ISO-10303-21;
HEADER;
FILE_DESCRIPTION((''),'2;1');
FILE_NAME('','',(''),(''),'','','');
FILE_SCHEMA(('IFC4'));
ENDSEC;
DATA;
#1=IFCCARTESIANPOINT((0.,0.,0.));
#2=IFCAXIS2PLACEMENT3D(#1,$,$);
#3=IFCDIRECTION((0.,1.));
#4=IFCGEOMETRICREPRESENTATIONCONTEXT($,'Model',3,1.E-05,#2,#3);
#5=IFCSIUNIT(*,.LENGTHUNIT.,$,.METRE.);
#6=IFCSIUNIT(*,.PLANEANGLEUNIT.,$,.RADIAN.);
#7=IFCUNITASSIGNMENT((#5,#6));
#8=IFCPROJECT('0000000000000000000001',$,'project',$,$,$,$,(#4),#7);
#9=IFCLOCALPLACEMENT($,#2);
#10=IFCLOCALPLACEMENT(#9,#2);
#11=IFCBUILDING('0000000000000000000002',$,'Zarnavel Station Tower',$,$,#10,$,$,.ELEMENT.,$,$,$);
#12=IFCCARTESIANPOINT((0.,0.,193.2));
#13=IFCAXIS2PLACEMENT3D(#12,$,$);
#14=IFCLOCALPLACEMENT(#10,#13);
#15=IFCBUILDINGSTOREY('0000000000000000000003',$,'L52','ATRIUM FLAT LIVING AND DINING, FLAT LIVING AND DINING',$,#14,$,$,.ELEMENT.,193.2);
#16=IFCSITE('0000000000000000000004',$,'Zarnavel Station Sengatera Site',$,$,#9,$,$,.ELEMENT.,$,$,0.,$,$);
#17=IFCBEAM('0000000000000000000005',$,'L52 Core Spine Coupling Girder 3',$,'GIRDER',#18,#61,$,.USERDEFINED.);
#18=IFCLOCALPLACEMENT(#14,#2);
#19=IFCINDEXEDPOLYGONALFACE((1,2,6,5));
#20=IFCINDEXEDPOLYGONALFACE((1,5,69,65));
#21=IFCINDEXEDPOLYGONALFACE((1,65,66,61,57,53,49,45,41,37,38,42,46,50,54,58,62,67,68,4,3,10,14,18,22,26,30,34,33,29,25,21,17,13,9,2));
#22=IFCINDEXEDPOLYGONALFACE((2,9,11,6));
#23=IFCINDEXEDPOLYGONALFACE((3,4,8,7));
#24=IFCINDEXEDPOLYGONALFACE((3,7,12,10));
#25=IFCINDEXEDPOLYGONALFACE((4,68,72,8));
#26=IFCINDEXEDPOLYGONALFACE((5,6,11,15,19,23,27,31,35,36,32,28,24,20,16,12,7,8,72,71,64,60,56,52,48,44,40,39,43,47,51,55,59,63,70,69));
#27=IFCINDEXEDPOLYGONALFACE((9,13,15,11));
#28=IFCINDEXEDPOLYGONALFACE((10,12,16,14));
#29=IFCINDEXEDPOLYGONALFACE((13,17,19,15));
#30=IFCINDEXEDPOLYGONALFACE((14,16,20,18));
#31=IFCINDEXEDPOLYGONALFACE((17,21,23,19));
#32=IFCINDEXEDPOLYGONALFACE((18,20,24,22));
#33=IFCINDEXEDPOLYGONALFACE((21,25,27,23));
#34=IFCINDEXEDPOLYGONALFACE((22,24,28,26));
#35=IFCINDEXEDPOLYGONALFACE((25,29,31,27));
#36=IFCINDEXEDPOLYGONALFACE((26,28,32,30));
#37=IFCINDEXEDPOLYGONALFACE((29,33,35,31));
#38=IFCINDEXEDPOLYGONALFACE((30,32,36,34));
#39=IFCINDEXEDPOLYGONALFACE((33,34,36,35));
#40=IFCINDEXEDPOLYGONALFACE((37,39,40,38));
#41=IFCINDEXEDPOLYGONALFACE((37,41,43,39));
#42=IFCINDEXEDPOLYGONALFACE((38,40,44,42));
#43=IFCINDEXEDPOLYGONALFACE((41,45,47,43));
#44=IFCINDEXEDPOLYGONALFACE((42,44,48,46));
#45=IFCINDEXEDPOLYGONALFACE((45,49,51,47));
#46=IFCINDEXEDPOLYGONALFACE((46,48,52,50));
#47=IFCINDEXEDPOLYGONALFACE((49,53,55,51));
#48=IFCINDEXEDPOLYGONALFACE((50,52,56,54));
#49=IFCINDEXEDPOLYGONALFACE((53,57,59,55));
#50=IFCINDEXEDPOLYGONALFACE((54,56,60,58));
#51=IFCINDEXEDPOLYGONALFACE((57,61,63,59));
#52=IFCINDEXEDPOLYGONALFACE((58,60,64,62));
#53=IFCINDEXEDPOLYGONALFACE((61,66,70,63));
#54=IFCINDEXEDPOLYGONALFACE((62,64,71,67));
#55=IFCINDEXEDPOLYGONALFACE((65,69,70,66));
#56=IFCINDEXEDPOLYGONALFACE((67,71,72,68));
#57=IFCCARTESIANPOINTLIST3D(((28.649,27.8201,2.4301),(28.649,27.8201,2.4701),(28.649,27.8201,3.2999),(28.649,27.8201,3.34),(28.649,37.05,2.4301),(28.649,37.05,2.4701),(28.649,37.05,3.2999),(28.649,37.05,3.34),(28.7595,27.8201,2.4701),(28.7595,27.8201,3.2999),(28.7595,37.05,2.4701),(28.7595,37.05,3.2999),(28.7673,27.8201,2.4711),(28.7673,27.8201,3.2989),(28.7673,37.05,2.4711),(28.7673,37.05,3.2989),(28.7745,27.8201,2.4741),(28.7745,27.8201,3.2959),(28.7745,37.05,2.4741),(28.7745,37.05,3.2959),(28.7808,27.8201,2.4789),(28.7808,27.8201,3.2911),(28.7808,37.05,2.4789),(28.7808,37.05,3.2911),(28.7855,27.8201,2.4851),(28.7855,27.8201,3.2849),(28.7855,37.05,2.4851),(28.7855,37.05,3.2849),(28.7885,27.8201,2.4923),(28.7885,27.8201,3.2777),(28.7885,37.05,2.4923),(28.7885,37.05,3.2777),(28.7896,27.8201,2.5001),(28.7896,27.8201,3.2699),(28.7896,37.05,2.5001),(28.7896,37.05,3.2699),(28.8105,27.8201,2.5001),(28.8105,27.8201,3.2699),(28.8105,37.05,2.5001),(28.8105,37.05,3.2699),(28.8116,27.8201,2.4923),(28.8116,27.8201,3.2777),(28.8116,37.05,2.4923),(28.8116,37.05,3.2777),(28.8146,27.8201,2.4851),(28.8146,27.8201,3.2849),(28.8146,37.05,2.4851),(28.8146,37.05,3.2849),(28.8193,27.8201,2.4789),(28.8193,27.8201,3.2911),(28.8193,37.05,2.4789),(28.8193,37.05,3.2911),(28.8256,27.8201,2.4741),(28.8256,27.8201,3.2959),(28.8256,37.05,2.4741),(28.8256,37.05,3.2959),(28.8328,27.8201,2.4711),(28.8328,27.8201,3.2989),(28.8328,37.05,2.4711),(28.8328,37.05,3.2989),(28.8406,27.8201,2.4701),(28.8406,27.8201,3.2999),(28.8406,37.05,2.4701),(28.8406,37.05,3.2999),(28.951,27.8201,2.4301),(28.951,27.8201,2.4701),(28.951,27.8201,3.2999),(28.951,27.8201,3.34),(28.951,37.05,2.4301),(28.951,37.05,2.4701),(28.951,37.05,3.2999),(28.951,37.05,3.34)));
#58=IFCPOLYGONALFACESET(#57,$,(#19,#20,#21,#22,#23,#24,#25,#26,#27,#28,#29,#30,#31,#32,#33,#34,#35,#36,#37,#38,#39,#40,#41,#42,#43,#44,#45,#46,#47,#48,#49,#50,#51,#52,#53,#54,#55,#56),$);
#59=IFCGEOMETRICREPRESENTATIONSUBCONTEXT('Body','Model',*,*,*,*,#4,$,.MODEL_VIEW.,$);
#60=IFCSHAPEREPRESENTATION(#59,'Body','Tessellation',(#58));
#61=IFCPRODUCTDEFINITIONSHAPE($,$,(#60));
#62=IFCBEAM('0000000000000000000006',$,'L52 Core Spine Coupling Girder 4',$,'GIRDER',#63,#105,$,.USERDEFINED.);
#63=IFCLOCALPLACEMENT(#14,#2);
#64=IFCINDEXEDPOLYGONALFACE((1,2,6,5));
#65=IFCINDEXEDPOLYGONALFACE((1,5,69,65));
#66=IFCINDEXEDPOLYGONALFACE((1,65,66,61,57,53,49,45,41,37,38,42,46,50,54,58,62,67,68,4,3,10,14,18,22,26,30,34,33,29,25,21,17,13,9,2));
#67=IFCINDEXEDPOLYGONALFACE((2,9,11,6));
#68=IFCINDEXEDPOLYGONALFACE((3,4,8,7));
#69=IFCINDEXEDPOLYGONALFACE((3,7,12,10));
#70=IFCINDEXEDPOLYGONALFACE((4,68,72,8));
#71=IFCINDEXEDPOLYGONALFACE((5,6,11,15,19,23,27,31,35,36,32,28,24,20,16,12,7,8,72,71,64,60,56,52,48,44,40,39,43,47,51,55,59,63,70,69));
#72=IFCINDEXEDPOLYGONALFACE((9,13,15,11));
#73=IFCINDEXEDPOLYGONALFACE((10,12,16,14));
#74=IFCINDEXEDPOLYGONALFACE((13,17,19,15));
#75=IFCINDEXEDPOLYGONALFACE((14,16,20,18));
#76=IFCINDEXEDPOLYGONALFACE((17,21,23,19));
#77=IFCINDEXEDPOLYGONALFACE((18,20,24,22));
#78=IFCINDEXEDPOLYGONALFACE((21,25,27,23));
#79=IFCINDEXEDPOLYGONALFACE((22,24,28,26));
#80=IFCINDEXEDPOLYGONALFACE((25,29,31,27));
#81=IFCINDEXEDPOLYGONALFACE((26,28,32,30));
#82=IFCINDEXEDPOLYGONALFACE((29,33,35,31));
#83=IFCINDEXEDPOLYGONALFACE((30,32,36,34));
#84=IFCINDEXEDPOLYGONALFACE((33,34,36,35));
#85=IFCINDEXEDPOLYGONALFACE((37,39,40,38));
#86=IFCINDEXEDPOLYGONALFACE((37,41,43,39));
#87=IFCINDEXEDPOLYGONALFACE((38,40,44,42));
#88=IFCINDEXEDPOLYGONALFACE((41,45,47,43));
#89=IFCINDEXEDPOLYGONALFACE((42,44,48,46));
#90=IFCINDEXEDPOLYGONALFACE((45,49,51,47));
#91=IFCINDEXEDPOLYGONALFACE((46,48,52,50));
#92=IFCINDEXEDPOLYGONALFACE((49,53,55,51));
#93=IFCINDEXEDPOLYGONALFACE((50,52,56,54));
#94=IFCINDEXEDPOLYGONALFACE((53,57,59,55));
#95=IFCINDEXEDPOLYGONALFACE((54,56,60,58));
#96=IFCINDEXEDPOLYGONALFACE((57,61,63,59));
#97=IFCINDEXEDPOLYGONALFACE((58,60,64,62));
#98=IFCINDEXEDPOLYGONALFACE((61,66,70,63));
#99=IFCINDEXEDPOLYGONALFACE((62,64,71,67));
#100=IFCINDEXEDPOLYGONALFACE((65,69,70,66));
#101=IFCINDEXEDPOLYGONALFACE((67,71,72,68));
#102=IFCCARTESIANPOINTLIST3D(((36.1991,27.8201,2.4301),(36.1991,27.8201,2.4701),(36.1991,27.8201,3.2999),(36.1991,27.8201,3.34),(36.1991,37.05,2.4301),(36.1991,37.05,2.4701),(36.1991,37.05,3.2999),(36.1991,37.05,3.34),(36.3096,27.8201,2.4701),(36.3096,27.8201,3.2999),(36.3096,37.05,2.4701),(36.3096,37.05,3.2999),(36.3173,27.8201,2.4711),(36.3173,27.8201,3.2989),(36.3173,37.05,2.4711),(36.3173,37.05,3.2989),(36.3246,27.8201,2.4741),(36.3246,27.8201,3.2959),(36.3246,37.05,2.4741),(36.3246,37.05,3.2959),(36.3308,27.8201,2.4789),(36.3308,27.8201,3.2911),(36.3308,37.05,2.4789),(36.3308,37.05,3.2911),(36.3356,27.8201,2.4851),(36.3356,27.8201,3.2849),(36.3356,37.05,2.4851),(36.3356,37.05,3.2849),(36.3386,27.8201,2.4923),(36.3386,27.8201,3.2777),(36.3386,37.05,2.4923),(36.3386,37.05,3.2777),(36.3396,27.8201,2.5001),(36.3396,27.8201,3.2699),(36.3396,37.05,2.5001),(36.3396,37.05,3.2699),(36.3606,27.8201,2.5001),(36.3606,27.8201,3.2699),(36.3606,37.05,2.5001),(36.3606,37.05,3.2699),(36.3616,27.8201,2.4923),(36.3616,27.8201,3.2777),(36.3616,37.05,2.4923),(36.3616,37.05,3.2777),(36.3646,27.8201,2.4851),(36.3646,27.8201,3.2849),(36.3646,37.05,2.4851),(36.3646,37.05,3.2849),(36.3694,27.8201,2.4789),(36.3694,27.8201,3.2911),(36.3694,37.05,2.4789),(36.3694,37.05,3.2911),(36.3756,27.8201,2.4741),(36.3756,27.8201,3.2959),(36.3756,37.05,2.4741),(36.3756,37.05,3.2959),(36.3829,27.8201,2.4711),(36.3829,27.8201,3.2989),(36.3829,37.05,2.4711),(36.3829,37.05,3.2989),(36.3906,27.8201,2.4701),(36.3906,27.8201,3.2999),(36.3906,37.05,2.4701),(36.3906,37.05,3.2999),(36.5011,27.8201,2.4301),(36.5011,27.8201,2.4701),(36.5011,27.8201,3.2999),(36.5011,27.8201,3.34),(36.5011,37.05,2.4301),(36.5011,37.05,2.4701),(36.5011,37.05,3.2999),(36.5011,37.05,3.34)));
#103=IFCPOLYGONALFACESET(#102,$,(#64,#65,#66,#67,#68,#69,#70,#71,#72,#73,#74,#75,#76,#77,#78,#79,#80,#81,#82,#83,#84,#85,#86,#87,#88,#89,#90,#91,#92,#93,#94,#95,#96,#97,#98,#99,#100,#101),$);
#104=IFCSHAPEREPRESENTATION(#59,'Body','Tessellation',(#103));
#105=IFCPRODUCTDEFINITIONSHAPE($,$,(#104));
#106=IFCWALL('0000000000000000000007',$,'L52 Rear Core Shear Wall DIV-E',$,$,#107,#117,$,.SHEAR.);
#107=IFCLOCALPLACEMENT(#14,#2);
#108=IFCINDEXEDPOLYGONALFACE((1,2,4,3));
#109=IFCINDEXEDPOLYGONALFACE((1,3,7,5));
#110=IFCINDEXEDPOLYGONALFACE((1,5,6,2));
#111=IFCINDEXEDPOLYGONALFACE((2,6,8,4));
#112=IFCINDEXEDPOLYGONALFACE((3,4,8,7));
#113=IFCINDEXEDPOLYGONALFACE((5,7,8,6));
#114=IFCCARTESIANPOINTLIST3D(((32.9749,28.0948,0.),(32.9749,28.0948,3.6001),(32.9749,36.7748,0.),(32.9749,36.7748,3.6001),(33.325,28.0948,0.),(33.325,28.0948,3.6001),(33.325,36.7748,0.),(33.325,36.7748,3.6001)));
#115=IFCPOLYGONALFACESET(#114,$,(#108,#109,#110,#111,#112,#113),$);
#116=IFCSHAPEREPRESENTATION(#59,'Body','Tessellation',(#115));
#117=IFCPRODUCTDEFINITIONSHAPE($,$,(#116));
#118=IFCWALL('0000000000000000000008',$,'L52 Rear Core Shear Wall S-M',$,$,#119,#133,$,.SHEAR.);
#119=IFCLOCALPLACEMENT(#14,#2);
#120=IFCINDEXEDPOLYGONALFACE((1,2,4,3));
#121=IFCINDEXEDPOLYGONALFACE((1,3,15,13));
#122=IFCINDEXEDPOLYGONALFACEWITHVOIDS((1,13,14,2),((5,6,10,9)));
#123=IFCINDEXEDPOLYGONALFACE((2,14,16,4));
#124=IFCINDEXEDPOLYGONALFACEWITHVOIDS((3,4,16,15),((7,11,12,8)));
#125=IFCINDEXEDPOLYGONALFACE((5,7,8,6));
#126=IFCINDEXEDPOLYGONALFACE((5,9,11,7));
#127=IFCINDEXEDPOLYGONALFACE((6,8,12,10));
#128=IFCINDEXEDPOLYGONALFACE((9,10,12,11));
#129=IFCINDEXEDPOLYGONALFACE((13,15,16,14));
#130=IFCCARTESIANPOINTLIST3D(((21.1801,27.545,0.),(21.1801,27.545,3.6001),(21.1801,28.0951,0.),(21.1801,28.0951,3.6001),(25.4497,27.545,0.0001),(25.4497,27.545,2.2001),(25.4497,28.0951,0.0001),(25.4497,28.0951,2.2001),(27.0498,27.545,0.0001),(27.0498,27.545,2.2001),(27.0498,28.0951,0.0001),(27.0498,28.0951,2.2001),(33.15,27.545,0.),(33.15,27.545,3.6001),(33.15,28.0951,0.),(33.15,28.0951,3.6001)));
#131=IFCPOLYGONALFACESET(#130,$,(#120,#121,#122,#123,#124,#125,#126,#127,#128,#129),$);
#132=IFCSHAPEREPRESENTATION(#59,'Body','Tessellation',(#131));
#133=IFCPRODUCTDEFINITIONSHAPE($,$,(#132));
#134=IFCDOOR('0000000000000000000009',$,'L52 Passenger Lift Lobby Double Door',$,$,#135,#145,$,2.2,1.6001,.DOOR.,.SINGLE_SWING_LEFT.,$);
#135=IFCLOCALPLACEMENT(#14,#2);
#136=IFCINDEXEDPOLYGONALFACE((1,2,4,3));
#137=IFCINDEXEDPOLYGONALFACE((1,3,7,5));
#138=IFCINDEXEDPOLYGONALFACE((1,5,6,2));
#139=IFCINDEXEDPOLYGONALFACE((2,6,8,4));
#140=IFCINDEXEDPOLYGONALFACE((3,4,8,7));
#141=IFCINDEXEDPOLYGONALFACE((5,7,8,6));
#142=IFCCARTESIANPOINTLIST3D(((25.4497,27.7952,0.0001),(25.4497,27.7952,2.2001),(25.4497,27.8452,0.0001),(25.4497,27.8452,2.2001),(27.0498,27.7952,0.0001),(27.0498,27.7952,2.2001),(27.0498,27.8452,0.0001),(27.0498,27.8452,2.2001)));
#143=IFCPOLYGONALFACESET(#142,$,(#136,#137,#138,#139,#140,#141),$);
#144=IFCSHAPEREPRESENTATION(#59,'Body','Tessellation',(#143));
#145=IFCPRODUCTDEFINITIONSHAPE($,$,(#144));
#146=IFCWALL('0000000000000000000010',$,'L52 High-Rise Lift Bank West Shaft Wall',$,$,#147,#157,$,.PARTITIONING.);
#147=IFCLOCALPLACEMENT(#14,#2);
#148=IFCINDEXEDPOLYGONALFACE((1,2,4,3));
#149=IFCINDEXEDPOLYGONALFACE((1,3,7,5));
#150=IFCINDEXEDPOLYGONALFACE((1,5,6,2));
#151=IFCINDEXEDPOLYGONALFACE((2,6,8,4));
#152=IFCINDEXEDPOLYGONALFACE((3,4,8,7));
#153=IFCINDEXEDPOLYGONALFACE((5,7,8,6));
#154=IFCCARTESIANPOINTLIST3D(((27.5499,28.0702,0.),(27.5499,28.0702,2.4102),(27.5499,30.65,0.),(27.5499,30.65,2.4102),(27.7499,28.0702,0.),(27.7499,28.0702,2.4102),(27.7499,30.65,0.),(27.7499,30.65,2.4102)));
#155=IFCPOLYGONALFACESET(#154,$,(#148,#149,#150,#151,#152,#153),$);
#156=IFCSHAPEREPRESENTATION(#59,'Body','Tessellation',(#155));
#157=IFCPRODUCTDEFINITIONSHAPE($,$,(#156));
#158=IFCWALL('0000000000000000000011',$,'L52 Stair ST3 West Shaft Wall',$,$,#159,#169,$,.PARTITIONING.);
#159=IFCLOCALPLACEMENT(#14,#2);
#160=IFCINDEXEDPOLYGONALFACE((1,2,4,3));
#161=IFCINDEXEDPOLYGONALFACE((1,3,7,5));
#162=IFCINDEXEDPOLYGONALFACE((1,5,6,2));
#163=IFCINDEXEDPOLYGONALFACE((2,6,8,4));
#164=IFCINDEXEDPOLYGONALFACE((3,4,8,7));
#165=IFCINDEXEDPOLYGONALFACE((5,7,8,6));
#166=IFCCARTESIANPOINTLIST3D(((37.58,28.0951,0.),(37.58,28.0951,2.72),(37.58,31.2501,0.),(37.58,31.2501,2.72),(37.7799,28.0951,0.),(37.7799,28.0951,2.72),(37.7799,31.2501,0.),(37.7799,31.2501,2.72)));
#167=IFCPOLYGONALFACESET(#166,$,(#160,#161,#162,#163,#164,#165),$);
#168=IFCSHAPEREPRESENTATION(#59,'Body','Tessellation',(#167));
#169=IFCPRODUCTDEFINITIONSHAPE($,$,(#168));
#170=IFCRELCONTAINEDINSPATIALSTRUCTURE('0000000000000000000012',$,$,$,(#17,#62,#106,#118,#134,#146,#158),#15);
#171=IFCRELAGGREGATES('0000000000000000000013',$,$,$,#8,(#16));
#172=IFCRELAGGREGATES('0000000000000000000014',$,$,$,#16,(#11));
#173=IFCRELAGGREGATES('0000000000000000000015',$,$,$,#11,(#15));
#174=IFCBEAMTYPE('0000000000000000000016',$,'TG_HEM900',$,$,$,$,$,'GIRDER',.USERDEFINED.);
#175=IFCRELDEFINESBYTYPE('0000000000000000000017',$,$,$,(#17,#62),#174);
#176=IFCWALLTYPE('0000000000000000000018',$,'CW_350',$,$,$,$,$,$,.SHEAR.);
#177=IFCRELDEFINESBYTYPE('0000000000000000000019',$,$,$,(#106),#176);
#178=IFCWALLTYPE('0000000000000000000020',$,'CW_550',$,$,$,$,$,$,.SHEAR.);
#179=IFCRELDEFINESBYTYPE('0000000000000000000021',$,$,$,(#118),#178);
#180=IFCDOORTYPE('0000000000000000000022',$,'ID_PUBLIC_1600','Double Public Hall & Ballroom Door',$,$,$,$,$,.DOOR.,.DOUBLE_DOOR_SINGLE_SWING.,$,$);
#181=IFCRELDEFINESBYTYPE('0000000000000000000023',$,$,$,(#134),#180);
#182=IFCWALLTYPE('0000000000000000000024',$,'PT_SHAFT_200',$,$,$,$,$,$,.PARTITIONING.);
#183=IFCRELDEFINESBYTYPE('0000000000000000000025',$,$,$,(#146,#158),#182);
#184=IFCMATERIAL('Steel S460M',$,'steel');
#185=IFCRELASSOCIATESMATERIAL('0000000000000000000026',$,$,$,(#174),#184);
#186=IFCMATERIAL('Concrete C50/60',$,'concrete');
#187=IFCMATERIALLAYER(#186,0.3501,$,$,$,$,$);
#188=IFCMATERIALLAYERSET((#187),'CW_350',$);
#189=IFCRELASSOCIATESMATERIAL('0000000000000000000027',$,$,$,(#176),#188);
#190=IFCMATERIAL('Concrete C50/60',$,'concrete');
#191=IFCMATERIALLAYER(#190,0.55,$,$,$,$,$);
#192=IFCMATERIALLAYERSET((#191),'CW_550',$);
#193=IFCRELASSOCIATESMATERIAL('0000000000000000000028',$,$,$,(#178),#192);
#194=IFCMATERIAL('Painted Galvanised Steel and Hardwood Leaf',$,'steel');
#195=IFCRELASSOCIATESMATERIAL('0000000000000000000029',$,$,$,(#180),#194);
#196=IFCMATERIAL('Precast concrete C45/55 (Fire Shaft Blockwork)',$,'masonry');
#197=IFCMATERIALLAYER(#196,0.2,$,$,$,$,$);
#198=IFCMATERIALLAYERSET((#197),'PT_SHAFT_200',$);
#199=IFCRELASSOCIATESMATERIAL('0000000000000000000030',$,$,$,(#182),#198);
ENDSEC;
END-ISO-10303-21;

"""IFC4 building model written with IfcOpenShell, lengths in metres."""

from ifc_helpers import new_model, si_unit, direction, frame, frame_2d, origin, origin_2d, place, context, subcontext, project, spatial, rectangle, i_section, extrude, material, layer, layer_set, material_profile, profile_set, type_object, element, fill, save


model = new_model("IFC4")

# Units and contexts
model_context = context("Model", 3, precision=1e-05, world=origin(), true_north=direction((0.0, 1.0)))
body_context = subcontext(model_context, "Body", "Model", "MODEL_VIEW")
ifc_project = project(units=[si_unit("LENGTHUNIT", "METRE"), si_unit("PLANEANGLEUNIT", "RADIAN")], contexts=[model_context])

# Site, building, storey
site_placement = place(None, origin())
site = spatial("IfcSite", under=ifc_project, at=site_placement, Name="Zarnavel Station Sengatera Site", CompositionType="ELEMENT", RefElevation=0.0)
building_placement = place(site_placement, origin())
building = spatial("IfcBuilding", under=site, at=building_placement, Name="Zarnavel Station Tower", CompositionType="ELEMENT")
storey_placement = place(building_placement, frame((0.0, 0.0, 193.2)))
storey = spatial("IfcBuildingStorey", under=building, at=storey_placement, Name="L52", Description="ATRIUM FLAT LIVING AND DINING, FLAT LIVING AND DINING", CompositionType="ELEMENT", Elevation=193.2)

# Beams
ifc_material_1 = material(Name="Steel S460M", Category="steel")
ifc_material_profile_1 = material_profile(ifc_material_1, i_section(OverallWidth=0.302, OverallDepth=0.9099, WebThickness=0.021, FlangeThickness=0.04, FilletRadius=0.03, at=origin_2d()), Name="HEM900")
ifc_profile_set_1 = profile_set([ifc_material_profile_1], Name="Steel S460M")
beam_type_1 = type_object("IfcBeamType", Name="TG_HEM900", ElementType="GIRDER", PredefinedType="USERDEFINED", material=ifc_profile_set_1)
for number, where, z_axis, x_axis, name in (
    (1, (28.8, 27.8201, 2.885), (0.0, 1.0, 0.0), (-1.0, 0.0, 0.0), "L52 Core Spine Coupling Girder 3"),
    (2, (36.3501, 27.8201, 2.885), (0.0, 1.0, 0.0), (-1.0, 0.0, 0.0), "L52 Core Spine Coupling Girder 4"),
):
    element("IfcBeam", number, at=place(storey_placement, frame(where, z_axis=z_axis, x_axis=x_axis)), inside=storey, type_object=beam_type_1, Name=name, ObjectType="GIRDER", PredefinedType="USERDEFINED", context=body_context, shape_type="SweptSolid", body=[
        extrude(i_section(OverallWidth=0.302, OverallDepth=0.9099, WebThickness=0.021, FlangeThickness=0.04, FilletRadius=0.03, at=origin_2d()), origin(), (0.0, 0.0, 1.0), 9.23),
    ])

# Wall
ifc_material_2 = material(Name="Concrete C50/60", Category="concrete")
ifc_layer_1 = layer(ifc_material_2, 0.3501)
ifc_layer_set_1 = layer_set([ifc_layer_1], Name="CW_350")
wall_type_1 = type_object("IfcWallType", Name="CW_350", PredefinedType="SHEAR", material=ifc_layer_set_1)
wall_1_placement = place(storey_placement, frame((33.1499, 28.095, 0.0), z_axis=(0.0, 0.0, 1.0), x_axis=(0.0, 1.0, 0.0)))
element("IfcWall", 3, at=wall_1_placement, inside=storey, type_object=wall_type_1, Name="L52 Rear Core Shear Wall DIV-E", PredefinedType="SHEAR", context=body_context, shape_type="SweptSolid", body=[
    extrude(rectangle(XDim=8.6799, YDim=0.3501, at=frame_2d((4.3398, 0.0))), origin(), (0.0, 0.0, 1.0), 3.6001),
])

# Wall, opening, door
ifc_material_3 = material(Name="Concrete C50/60", Category="concrete")
ifc_layer_2 = layer(ifc_material_3, 0.55)
ifc_layer_set_2 = layer_set([ifc_layer_2], Name="CW_550")
wall_type_2 = type_object("IfcWallType", Name="CW_550", PredefinedType="SHEAR", material=ifc_layer_set_2)
wall_2_placement = place(storey_placement, frame((33.1499, 27.8201, 0.0), z_axis=(0.0, 0.0, 1.0), x_axis=(-1.0, 0.0, 0.0)))
wall_2 = element("IfcWall", 4, at=wall_2_placement, inside=storey, type_object=wall_type_2, Name="L52 Rear Core Shear Wall S-M", PredefinedType="SHEAR", context=body_context, shape_type="SweptSolid", body=[
    extrude(rectangle(XDim=11.97, YDim=0.55, at=frame_2d((5.9849, 0.0))), origin(), (0.0, 0.0, 1.0), 3.6001),
])
opening_1_placement = place(wall_2_placement, frame((6.1001, 0.0, 0.0)))
opening_1 = element("IfcOpeningElement", 5, at=opening_1_placement, cuts=wall_2, PredefinedType="OPENING", context=body_context, shape_type="SweptSolid", body=[
    extrude(rectangle(XDim=1.6001, YDim=2.2, at=frame_2d((0.8, 1.1001))), frame((0.0, 0.2849, 0.0), z_axis=(0.0, -1.0, 0.0), x_axis=(1.0, 0.0, 0.0)), (0.0, 0.0, 1.0), 0.5701),
])
ifc_material_4 = material(Name="Painted Galvanised Steel and Hardwood Leaf", Category="steel")
door_type_1 = type_object("IfcDoorType", Name="ID_PUBLIC_1600", Description="Double Public Hall & Ballroom Door", OperationType="DOUBLE_DOOR_SINGLE_SWING", PredefinedType="DOOR", material=ifc_material_4)
door_1_placement = place(opening_1_placement, origin())
door_1 = element("IfcDoor", 6, at=door_1_placement, inside=storey, type_object=door_type_1, Name="L52 Passenger Lift Lobby Double Door", OperationType="SINGLE_SWING_LEFT", OverallHeight=2.2, OverallWidth=1.6001, PredefinedType="DOOR", context=body_context, shape_type="SweptSolid", body=[
    extrude(rectangle(XDim=1.6001, YDim=2.2, at=frame_2d((0.8, 1.1001))), frame((0.0, 0.0249, 0.0), z_axis=(0.0, -1.0, 0.0), x_axis=(1.0, 0.0, 0.0)), (0.0, 0.0, 1.0), 0.05),
])
fill(opening_1, door_1)

# Walls
ifc_material_5 = material(Name="Precast concrete C45/55 (Fire Shaft Blockwork)", Category="masonry")
ifc_layer_3 = layer(ifc_material_5, 0.2)
ifc_layer_set_3 = layer_set([ifc_layer_3], Name="PT_SHAFT_200")
wall_type_3 = type_object("IfcWallType", Name="PT_SHAFT_200", PredefinedType="PARTITIONING", material=ifc_layer_set_3)
wall_3_placement = place(storey_placement, frame((27.6499, 28.0701, 0.0), z_axis=(0.0, 0.0, 1.0), x_axis=(0.0, 1.0, 0.0)))
element("IfcWall", 7, at=wall_3_placement, inside=storey, type_object=wall_type_3, Name="L52 High-Rise Lift Bank West Shaft Wall", PredefinedType="PARTITIONING", context=body_context, shape_type="SweptSolid", body=[
    extrude(rectangle(XDim=2.5798, YDim=0.2, at=frame_2d((1.29, 0.0))), origin(), (0.0, 0.0, 1.0), 2.4102),
])
wall_4_placement = place(storey_placement, frame((37.6799, 28.095, 0.0), z_axis=(0.0, 0.0, 1.0), x_axis=(0.0, 1.0, 0.0)))
element("IfcWall", 8, at=wall_4_placement, inside=storey, type_object=wall_type_3, Name="L52 Stair ST3 West Shaft Wall", PredefinedType="PARTITIONING", context=body_context, shape_type="SweptSolid", body=[
    extrude(rectangle(XDim=3.155, YDim=0.2, at=frame_2d((1.5776, 0.0))), origin(), (0.0, 0.0, 1.0), 2.72),
])

save(model, "model.ifc")
